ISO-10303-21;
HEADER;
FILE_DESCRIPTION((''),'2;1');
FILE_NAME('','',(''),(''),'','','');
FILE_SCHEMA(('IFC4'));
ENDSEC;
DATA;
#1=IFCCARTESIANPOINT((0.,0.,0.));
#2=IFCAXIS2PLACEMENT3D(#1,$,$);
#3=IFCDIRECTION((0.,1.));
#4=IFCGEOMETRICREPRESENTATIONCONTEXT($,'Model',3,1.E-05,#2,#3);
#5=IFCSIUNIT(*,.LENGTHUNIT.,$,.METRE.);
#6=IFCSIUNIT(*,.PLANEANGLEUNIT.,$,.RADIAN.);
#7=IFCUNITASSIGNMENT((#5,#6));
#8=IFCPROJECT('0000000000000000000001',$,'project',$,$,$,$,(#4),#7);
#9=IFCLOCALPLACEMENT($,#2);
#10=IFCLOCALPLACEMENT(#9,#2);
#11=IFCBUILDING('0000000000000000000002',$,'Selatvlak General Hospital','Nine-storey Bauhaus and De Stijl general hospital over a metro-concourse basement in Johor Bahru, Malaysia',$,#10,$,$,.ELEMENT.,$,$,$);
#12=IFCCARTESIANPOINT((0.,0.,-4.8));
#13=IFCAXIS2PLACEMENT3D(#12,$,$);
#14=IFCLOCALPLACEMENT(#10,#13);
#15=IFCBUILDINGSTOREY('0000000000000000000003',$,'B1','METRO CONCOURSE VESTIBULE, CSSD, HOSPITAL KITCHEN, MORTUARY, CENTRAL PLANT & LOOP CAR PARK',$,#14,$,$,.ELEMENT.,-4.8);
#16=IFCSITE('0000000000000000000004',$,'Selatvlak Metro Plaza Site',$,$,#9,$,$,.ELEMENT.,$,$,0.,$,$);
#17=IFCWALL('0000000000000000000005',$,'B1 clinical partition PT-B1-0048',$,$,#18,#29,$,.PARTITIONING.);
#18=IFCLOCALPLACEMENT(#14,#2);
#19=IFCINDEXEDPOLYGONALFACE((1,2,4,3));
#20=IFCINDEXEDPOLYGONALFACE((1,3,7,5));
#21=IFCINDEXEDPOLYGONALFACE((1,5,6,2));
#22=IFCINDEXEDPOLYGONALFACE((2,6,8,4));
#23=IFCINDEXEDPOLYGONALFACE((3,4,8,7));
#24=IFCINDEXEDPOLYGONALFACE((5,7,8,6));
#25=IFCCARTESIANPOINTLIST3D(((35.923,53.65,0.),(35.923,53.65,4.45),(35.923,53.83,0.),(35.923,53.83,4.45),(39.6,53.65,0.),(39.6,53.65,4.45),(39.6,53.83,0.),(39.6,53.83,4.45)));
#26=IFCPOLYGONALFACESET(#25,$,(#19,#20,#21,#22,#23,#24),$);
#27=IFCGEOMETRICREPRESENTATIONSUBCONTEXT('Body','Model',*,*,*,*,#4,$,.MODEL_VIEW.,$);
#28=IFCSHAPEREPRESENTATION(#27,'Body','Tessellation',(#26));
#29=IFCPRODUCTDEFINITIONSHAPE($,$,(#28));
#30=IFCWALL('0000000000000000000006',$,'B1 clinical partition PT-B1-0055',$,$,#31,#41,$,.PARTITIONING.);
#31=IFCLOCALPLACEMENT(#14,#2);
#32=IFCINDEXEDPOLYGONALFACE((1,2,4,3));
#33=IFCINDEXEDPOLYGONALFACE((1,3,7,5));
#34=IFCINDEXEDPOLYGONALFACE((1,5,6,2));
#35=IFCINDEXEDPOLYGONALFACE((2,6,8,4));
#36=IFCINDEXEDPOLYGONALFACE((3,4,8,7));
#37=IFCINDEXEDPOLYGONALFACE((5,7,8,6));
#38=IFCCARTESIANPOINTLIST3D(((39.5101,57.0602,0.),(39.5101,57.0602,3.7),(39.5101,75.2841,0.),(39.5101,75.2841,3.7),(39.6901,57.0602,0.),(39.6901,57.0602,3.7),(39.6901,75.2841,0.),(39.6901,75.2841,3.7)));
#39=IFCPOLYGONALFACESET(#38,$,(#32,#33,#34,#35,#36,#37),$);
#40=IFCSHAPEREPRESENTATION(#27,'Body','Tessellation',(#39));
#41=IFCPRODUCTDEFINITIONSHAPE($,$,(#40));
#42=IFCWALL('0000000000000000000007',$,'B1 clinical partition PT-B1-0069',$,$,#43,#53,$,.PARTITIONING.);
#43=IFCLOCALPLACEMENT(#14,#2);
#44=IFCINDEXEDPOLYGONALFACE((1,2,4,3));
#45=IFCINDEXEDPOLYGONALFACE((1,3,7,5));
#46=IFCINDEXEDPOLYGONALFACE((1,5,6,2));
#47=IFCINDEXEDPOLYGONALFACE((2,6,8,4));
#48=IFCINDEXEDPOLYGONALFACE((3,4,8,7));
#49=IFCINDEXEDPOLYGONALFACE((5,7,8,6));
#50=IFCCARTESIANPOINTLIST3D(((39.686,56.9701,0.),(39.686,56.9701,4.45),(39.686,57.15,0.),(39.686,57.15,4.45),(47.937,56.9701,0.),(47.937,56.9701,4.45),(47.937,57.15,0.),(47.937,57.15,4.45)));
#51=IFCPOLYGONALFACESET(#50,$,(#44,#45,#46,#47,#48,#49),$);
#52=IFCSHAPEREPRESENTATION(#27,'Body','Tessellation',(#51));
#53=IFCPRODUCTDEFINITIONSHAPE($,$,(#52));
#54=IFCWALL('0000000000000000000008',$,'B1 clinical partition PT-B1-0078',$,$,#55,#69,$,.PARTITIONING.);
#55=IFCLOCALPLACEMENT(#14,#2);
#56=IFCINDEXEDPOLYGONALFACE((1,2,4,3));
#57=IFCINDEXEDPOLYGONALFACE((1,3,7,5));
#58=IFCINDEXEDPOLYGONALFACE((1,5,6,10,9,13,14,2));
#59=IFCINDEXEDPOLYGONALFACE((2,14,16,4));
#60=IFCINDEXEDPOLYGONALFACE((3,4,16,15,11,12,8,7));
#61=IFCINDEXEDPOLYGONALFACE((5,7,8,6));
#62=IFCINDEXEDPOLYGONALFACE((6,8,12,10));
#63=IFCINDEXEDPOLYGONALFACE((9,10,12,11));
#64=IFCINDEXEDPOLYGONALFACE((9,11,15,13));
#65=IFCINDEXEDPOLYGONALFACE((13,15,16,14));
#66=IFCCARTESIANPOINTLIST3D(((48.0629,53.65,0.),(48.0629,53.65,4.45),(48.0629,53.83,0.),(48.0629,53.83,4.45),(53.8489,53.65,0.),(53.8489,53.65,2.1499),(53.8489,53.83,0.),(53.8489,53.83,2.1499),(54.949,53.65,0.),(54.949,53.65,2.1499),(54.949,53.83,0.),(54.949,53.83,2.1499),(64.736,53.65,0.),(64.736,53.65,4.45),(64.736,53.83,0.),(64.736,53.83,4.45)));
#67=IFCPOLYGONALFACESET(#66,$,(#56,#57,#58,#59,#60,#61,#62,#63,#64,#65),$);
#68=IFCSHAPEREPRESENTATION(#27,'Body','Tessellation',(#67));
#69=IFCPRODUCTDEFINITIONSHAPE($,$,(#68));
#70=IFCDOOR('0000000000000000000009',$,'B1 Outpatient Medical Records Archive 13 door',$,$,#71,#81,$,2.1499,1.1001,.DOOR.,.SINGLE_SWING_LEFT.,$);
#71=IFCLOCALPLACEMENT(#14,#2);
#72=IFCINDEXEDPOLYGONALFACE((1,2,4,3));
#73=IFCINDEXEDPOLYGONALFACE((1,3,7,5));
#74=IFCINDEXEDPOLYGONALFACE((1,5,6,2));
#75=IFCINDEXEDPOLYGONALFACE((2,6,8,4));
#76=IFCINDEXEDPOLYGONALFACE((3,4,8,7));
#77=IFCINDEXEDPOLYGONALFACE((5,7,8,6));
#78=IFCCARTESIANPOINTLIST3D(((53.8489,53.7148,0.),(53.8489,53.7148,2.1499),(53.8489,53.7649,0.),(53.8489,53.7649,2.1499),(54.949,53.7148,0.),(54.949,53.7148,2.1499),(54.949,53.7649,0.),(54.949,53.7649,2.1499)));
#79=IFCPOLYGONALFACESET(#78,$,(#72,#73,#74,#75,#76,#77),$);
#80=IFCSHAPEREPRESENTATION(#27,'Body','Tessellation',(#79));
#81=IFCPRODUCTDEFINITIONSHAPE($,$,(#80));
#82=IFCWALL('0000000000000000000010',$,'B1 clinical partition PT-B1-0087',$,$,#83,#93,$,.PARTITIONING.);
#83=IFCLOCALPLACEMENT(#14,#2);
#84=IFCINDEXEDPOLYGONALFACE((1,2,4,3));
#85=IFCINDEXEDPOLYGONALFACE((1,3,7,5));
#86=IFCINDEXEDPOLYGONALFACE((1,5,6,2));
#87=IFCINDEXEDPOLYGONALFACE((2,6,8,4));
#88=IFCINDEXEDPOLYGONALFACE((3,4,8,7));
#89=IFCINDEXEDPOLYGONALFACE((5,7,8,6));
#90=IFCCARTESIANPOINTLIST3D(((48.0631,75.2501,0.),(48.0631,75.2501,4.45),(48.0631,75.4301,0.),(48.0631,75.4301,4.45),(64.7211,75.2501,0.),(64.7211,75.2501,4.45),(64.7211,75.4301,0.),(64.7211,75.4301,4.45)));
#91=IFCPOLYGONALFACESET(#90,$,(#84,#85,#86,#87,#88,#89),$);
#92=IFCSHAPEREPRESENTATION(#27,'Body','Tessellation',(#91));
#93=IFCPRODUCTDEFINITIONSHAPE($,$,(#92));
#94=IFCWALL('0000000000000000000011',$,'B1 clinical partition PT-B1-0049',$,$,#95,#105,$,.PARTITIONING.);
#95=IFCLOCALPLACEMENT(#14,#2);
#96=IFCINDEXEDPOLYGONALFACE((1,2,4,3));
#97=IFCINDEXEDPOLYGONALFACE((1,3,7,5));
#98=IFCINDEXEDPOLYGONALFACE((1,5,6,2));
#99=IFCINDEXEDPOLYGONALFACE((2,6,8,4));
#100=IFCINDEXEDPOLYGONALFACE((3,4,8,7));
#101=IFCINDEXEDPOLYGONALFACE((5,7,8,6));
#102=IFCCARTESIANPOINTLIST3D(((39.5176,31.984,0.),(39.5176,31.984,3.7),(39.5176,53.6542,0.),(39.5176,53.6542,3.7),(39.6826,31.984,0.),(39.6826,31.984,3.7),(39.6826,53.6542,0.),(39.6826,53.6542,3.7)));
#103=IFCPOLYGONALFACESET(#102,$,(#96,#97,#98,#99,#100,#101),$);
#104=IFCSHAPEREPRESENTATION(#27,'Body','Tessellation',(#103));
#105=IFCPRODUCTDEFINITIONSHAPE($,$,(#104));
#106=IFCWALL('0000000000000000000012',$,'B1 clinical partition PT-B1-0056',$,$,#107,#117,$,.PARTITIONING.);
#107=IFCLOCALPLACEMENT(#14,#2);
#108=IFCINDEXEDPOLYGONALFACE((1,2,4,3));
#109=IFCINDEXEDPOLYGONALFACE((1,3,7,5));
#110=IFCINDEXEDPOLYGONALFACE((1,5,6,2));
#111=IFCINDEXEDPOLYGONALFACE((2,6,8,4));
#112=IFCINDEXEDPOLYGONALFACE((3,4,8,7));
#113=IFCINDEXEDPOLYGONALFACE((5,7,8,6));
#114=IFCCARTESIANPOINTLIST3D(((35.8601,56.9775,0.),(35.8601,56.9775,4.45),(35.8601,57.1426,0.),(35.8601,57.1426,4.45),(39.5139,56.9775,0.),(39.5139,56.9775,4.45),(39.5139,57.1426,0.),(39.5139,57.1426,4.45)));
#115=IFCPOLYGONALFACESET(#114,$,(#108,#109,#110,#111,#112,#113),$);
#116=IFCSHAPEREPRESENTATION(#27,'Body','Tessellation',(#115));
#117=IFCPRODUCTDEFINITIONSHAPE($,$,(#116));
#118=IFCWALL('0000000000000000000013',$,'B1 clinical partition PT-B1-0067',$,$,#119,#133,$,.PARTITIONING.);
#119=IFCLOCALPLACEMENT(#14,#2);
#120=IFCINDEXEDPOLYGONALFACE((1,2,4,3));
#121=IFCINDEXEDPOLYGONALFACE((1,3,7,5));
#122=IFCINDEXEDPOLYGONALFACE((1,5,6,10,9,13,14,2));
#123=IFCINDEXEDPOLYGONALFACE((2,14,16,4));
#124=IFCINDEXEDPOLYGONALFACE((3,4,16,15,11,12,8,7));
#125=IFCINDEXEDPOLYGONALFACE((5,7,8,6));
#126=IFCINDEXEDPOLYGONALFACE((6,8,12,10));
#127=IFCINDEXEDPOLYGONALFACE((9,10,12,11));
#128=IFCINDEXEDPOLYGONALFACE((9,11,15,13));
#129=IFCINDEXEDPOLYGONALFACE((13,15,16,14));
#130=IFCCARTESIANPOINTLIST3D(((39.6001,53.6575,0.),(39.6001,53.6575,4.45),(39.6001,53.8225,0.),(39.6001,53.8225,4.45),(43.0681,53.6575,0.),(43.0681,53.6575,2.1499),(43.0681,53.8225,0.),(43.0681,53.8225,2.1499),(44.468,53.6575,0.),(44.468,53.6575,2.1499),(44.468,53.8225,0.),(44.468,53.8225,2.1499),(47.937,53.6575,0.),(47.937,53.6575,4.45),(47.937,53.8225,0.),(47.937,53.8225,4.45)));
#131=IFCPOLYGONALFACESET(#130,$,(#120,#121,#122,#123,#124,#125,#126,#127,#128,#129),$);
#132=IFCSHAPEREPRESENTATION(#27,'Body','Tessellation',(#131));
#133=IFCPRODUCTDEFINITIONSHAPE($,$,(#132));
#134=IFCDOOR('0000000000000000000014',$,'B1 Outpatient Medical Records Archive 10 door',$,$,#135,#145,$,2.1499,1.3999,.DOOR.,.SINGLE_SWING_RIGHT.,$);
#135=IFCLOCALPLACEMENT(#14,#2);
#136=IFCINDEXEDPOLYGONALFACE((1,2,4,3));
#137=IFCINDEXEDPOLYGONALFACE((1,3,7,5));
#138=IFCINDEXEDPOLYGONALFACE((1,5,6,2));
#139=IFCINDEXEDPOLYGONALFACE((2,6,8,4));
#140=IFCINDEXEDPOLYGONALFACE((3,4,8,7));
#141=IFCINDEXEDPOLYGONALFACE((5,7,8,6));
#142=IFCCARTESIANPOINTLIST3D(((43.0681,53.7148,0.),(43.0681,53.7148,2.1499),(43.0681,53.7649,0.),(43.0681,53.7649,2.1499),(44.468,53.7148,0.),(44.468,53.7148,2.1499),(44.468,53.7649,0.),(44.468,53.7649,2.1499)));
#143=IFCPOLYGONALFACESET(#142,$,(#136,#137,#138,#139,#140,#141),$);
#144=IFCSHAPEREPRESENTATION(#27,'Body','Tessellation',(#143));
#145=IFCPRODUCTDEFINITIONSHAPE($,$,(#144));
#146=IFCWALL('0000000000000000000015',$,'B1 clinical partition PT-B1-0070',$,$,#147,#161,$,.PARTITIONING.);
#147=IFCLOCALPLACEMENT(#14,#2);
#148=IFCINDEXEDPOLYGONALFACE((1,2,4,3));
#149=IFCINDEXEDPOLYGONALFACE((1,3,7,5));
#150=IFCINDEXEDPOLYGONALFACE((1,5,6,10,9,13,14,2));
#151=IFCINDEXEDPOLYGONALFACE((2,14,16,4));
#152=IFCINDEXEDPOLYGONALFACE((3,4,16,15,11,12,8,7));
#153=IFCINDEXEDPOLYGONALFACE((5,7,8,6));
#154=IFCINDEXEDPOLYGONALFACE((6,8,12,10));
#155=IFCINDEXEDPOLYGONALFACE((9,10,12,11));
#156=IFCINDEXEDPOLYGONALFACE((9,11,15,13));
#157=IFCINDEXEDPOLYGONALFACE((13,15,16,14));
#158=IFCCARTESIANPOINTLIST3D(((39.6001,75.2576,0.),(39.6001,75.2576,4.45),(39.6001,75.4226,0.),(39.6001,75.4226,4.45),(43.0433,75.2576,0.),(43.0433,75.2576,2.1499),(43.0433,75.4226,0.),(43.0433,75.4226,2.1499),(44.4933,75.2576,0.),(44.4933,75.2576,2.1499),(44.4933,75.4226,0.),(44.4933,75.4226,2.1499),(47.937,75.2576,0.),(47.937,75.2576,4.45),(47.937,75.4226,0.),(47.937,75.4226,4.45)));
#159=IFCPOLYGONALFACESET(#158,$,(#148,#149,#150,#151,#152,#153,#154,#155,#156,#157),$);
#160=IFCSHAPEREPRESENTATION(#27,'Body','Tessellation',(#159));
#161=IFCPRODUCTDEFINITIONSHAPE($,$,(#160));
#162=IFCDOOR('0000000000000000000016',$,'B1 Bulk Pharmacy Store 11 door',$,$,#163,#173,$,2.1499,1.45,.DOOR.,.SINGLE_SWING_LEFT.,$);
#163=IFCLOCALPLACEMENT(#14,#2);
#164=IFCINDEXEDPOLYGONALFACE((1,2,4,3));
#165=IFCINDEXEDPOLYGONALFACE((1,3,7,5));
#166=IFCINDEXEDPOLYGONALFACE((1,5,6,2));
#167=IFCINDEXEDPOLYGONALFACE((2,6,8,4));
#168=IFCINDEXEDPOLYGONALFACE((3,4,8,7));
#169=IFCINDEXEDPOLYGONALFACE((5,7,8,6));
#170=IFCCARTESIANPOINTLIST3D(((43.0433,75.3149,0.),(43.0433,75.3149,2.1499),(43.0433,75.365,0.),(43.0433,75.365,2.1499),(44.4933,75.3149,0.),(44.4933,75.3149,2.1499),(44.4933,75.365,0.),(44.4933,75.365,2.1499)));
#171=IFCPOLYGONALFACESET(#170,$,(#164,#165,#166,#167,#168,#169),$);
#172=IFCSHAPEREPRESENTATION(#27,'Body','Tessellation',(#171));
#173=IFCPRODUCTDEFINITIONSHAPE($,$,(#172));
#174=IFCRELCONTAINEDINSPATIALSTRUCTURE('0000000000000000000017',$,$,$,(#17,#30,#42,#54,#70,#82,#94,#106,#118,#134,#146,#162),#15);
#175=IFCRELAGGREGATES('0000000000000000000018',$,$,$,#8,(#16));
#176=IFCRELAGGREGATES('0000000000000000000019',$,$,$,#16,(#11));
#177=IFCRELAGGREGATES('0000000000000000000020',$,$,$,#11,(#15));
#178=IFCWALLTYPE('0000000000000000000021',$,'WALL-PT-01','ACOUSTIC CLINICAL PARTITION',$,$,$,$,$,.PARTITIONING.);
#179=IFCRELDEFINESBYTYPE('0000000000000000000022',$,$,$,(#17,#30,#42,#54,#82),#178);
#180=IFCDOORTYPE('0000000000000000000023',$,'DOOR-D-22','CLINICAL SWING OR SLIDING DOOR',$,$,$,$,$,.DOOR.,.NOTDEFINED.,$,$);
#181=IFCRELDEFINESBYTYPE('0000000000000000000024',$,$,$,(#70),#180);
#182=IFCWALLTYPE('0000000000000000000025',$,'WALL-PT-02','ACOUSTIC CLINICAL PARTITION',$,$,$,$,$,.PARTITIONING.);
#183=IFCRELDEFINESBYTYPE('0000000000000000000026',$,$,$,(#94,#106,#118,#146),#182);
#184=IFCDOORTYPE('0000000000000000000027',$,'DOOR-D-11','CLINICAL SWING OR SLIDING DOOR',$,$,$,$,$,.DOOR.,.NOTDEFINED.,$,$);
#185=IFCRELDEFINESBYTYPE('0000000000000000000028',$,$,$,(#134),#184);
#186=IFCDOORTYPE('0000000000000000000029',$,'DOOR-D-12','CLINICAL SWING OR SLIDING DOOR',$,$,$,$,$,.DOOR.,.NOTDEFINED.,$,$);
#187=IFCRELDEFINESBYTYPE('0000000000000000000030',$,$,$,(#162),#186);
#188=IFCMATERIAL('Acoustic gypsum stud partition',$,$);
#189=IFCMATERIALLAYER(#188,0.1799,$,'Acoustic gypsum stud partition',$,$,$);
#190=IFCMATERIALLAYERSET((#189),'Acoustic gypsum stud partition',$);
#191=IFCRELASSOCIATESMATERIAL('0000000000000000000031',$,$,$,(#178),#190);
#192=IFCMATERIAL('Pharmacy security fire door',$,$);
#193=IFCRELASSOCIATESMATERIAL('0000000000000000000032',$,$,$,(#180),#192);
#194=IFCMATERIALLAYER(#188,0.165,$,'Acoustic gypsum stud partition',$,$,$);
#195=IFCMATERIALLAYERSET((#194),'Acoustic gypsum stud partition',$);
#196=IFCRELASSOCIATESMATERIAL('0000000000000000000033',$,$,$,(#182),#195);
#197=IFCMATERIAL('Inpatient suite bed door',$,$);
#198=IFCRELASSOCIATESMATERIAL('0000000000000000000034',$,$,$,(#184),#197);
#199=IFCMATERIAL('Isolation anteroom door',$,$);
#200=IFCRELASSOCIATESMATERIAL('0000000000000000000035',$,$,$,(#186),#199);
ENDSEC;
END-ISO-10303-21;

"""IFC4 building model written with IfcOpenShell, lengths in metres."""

from ifc_helpers import new_model, si_unit, direction, frame, frame_2d, origin, place, context, subcontext, project, spatial, rectangle, extrude, material, layer, layer_set, type_object, element, fill, save


model = new_model("IFC4")

# Units and contexts
model_context = context("Model", 3, precision=1e-05, world=origin(), true_north=direction((0.0, 1.0)))
body_context = subcontext(model_context, "Body", "Model", "MODEL_VIEW")
ifc_project = project(units=[si_unit("LENGTHUNIT", "METRE"), si_unit("PLANEANGLEUNIT", "RADIAN")], contexts=[model_context])

# Site, building, storey
site_placement = place(None, origin())
site = spatial("IfcSite", under=ifc_project, at=site_placement, Name="Selatvlak Metro Plaza Site", CompositionType="ELEMENT", RefElevation=0.0)
building_placement = place(site_placement, origin())
building = spatial("IfcBuilding", under=site, at=building_placement, Name="Selatvlak General Hospital", Description="Nine-storey Bauhaus and De Stijl general hospital over a metro-concourse basement in Johor Bahru, Malaysia", CompositionType="ELEMENT")
storey_placement = place(building_placement, frame((0.0, 0.0, -4.8)))
storey = spatial("IfcBuildingStorey", under=building, at=storey_placement, Name="B1", Description="METRO CONCOURSE VESTIBULE, CSSD, HOSPITAL KITCHEN, MORTUARY, CENTRAL PLANT & LOOP CAR PARK", CompositionType="ELEMENT", Elevation=-4.8)

# Walls
ifc_material_1 = material(Name="Acoustic gypsum stud partition")
ifc_layer_1 = layer(ifc_material_1, 0.1799, Name="Acoustic gypsum stud partition")
ifc_layer_set_1 = layer_set([ifc_layer_1], Name="Acoustic gypsum stud partition")
wall_type_1 = type_object("IfcWallType", Name="WALL-PT-01", Description="ACOUSTIC CLINICAL PARTITION", PredefinedType="PARTITIONING", material=ifc_layer_set_1)
wall_1_placement = place(storey_placement, frame((35.9231, 53.74, 0.0), z_axis=(0.0, 0.0, 1.0), x_axis=(1.0, 0.0, 0.0)))
element("IfcWall", 1, at=wall_1_placement, inside=storey, type_object=wall_type_1, Name="B1 clinical partition PT-B1-0048", PredefinedType="PARTITIONING", context=body_context, shape_type="SweptSolid", body=[
    extrude(rectangle(XDim=3.677, YDim=0.1799, at=frame_2d((1.8384, 0.0))), origin(), (0.0, 0.0, 1.0), 4.45),
])
wall_2_placement = place(storey_placement, frame((39.6001, 75.2839, 0.0), z_axis=(0.0, 0.0, 1.0), x_axis=(0.0, -1.0, 0.0)))
element("IfcWall", 2, at=wall_2_placement, inside=storey, type_object=wall_type_1, Name="B1 clinical partition PT-B1-0055", PredefinedType="PARTITIONING", context=body_context, shape_type="SweptSolid", body=[
    extrude(rectangle(XDim=18.2239, YDim=0.1799, at=frame_2d((9.1118, 0.0))), origin(), (0.0, 0.0, 1.0), 3.7),
])
wall_3_placement = place(storey_placement, frame((47.937, 57.0601, 0.0), z_axis=(0.0, 0.0, 1.0), x_axis=(-1.0, 0.0, 0.0)))
element("IfcWall", 3, at=wall_3_placement, inside=storey, type_object=wall_type_1, Name="B1 clinical partition PT-B1-0069", PredefinedType="PARTITIONING", context=body_context, shape_type="SweptSolid", body=[
    extrude(rectangle(XDim=8.251, YDim=0.1799, at=frame_2d((4.1255, 0.0))), origin(), (0.0, 0.0, 1.0), 4.45),
])

# Wall, opening, door
wall_4_placement = place(storey_placement, frame((48.063, 53.74, 0.0), z_axis=(0.0, 0.0, 1.0), x_axis=(1.0, 0.0, 0.0)))
wall_4 = element("IfcWall", 4, at=wall_4_placement, inside=storey, type_object=wall_type_1, Name="B1 clinical partition PT-B1-0078", PredefinedType="PARTITIONING", context=body_context, shape_type="SweptSolid", body=[
    extrude(rectangle(XDim=16.6731, YDim=0.1799, at=frame_2d((8.3364, 0.0))), origin(), (0.0, 0.0, 1.0), 4.45),
])
opening_1_placement = place(wall_4_placement, frame((5.7859, 0.0, 0.0)))
opening_1 = element("IfcOpeningElement", 5, at=opening_1_placement, cuts=wall_4, PredefinedType="OPENING", context=body_context, shape_type="SweptSolid", body=[
    extrude(rectangle(XDim=1.1001, YDim=2.1499, at=frame_2d((0.55, 1.075))), frame((0.0, 0.0999, 0.0), z_axis=(0.0, -1.0, 0.0), x_axis=(1.0, 0.0, 0.0)), (0.0, 0.0, 1.0), 0.2),
])
ifc_material_2 = material(Name="Pharmacy security fire door")
door_type_1 = type_object("IfcDoorType", Name="DOOR-D-22", Description="CLINICAL SWING OR SLIDING DOOR", OperationType="NOTDEFINED", PredefinedType="DOOR", material=ifc_material_2)
door_1_placement = place(opening_1_placement, origin())
door_1 = element("IfcDoor", 6, at=door_1_placement, inside=storey, type_object=door_type_1, Name="B1 Outpatient Medical Records Archive 13 door", OperationType="SINGLE_SWING_LEFT", OverallHeight=2.1499, OverallWidth=1.1001, PredefinedType="DOOR", context=body_context, shape_type="SweptSolid", body=[
    extrude(rectangle(XDim=1.1001, YDim=2.1499, at=frame_2d((0.55, 1.075))), frame((0.0, 0.0249, 0.0), z_axis=(0.0, -1.0, 0.0), x_axis=(1.0, 0.0, 0.0)), (0.0, 0.0, 1.0), 0.05),
])
fill(opening_1, door_1)

# Walls
wall_5_placement = place(storey_placement, frame((48.063, 75.3401, 0.0), z_axis=(0.0, 0.0, 1.0), x_axis=(1.0, 0.0, 0.0)))
element("IfcWall", 7, at=wall_5_placement, inside=storey, type_object=wall_type_1, Name="B1 clinical partition PT-B1-0087", PredefinedType="PARTITIONING", context=body_context, shape_type="SweptSolid", body=[
    extrude(rectangle(XDim=16.658, YDim=0.1799, at=frame_2d((8.3291, 0.0))), origin(), (0.0, 0.0, 1.0), 4.45),
])
ifc_layer_2 = layer(ifc_material_1, 0.165, Name="Acoustic gypsum stud partition")
ifc_layer_set_2 = layer_set([ifc_layer_2], Name="Acoustic gypsum stud partition")
wall_type_2 = type_object("IfcWallType", Name="WALL-PT-02", Description="ACOUSTIC CLINICAL PARTITION", PredefinedType="PARTITIONING", material=ifc_layer_set_2)
wall_6_placement = place(storey_placement, frame((39.6001, 53.6541, 0.0), z_axis=(0.0, 0.0, 1.0), x_axis=(0.0, -1.0, 0.0)))
element("IfcWall", 8, at=wall_6_placement, inside=storey, type_object=wall_type_2, Name="B1 clinical partition PT-B1-0049", PredefinedType="PARTITIONING", context=body_context, shape_type="SweptSolid", body=[
    extrude(rectangle(XDim=21.6702, YDim=0.165, at=frame_2d((10.835, 0.0))), origin(), (0.0, 0.0, 1.0), 3.7),
])
wall_7_placement = place(storey_placement, frame((39.5139, 57.0601, 0.0), z_axis=(0.0, 0.0, 1.0), x_axis=(-1.0, 0.0, 0.0)))
element("IfcWall", 9, at=wall_7_placement, inside=storey, type_object=wall_type_2, Name="B1 clinical partition PT-B1-0056", PredefinedType="PARTITIONING", context=body_context, shape_type="SweptSolid", body=[
    extrude(rectangle(XDim=3.6538, YDim=0.165, at=frame_2d((1.8269, 0.0))), origin(), (0.0, 0.0, 1.0), 4.45),
])

# Walls, openings, doors
wall_8_placement = place(storey_placement, frame((39.6001, 53.74, 0.0), z_axis=(0.0, 0.0, 1.0), x_axis=(1.0, 0.0, 0.0)))
wall_8 = element("IfcWall", 10, at=wall_8_placement, inside=storey, type_object=wall_type_2, Name="B1 clinical partition PT-B1-0067", PredefinedType="PARTITIONING", context=body_context, shape_type="SweptSolid", body=[
    extrude(rectangle(XDim=8.3369, YDim=0.165, at=frame_2d((4.1685, 0.0))), origin(), (0.0, 0.0, 1.0), 4.45),
])
opening_2_placement = place(wall_8_placement, frame((3.468, 0.0, 0.0)))
opening_2 = element("IfcOpeningElement", 11, at=opening_2_placement, cuts=wall_8, PredefinedType="OPENING", context=body_context, shape_type="SweptSolid", body=[
    extrude(rectangle(XDim=1.3999, YDim=2.1499, at=frame_2d((0.7, 1.075))), frame((0.0, 0.0925, 0.0), z_axis=(0.0, -1.0, 0.0), x_axis=(1.0, 0.0, 0.0)), (0.0, 0.0, 1.0), 0.1851),
])
ifc_material_3 = material(Name="Inpatient suite bed door")
door_type_2 = type_object("IfcDoorType", Name="DOOR-D-11", Description="CLINICAL SWING OR SLIDING DOOR", OperationType="NOTDEFINED", PredefinedType="DOOR", material=ifc_material_3)
door_2_placement = place(opening_2_placement, origin())
door_2 = element("IfcDoor", 12, at=door_2_placement, inside=storey, type_object=door_type_2, Name="B1 Outpatient Medical Records Archive 10 door", OperationType="SINGLE_SWING_RIGHT", OverallHeight=2.1499, OverallWidth=1.3999, PredefinedType="DOOR", context=body_context, shape_type="SweptSolid", body=[
    extrude(rectangle(XDim=1.3999, YDim=2.1499, at=frame_2d((0.7, 1.075))), frame((0.0, 0.0249, 0.0), z_axis=(0.0, -1.0, 0.0), x_axis=(1.0, 0.0, 0.0)), (0.0, 0.0, 1.0), 0.05),
])
fill(opening_2, door_2)
wall_9_placement = place(storey_placement, frame((39.6001, 75.3401, 0.0), z_axis=(0.0, 0.0, 1.0), x_axis=(1.0, 0.0, 0.0)))
wall_9 = element("IfcWall", 13, at=wall_9_placement, inside=storey, type_object=wall_type_2, Name="B1 clinical partition PT-B1-0070", PredefinedType="PARTITIONING", context=body_context, shape_type="SweptSolid", body=[
    extrude(rectangle(XDim=8.3369, YDim=0.165, at=frame_2d((4.1685, 0.0))), origin(), (0.0, 0.0, 1.0), 4.45),
])
opening_3_placement = place(wall_9_placement, frame((3.4431, 0.0, 0.0)))
opening_3 = element("IfcOpeningElement", 14, at=opening_3_placement, cuts=wall_9, PredefinedType="OPENING", context=body_context, shape_type="SweptSolid", body=[
    extrude(rectangle(XDim=1.45, YDim=2.1499, at=frame_2d((0.7251, 1.075))), frame((0.0, 0.0925, 0.0), z_axis=(0.0, -1.0, 0.0), x_axis=(1.0, 0.0, 0.0)), (0.0, 0.0, 1.0), 0.1851),
])
ifc_material_4 = material(Name="Isolation anteroom door")
door_type_3 = type_object("IfcDoorType", Name="DOOR-D-12", Description="CLINICAL SWING OR SLIDING DOOR", OperationType="NOTDEFINED", PredefinedType="DOOR", material=ifc_material_4)
door_3_placement = place(opening_3_placement, origin())
door_3 = element("IfcDoor", 15, at=door_3_placement, inside=storey, type_object=door_type_3, Name="B1 Bulk Pharmacy Store 11 door", OperationType="SINGLE_SWING_LEFT", OverallHeight=2.1499, OverallWidth=1.45, PredefinedType="DOOR", context=body_context, shape_type="SweptSolid", body=[
    extrude(rectangle(XDim=1.45, YDim=2.1499, at=frame_2d((0.7251, 1.075))), frame((0.0, 0.0249, 0.0), z_axis=(0.0, -1.0, 0.0), x_axis=(1.0, 0.0, 0.0)), (0.0, 0.0, 1.0), 0.05),
])
fill(opening_3, door_3)

save(model, "model.ifc")
